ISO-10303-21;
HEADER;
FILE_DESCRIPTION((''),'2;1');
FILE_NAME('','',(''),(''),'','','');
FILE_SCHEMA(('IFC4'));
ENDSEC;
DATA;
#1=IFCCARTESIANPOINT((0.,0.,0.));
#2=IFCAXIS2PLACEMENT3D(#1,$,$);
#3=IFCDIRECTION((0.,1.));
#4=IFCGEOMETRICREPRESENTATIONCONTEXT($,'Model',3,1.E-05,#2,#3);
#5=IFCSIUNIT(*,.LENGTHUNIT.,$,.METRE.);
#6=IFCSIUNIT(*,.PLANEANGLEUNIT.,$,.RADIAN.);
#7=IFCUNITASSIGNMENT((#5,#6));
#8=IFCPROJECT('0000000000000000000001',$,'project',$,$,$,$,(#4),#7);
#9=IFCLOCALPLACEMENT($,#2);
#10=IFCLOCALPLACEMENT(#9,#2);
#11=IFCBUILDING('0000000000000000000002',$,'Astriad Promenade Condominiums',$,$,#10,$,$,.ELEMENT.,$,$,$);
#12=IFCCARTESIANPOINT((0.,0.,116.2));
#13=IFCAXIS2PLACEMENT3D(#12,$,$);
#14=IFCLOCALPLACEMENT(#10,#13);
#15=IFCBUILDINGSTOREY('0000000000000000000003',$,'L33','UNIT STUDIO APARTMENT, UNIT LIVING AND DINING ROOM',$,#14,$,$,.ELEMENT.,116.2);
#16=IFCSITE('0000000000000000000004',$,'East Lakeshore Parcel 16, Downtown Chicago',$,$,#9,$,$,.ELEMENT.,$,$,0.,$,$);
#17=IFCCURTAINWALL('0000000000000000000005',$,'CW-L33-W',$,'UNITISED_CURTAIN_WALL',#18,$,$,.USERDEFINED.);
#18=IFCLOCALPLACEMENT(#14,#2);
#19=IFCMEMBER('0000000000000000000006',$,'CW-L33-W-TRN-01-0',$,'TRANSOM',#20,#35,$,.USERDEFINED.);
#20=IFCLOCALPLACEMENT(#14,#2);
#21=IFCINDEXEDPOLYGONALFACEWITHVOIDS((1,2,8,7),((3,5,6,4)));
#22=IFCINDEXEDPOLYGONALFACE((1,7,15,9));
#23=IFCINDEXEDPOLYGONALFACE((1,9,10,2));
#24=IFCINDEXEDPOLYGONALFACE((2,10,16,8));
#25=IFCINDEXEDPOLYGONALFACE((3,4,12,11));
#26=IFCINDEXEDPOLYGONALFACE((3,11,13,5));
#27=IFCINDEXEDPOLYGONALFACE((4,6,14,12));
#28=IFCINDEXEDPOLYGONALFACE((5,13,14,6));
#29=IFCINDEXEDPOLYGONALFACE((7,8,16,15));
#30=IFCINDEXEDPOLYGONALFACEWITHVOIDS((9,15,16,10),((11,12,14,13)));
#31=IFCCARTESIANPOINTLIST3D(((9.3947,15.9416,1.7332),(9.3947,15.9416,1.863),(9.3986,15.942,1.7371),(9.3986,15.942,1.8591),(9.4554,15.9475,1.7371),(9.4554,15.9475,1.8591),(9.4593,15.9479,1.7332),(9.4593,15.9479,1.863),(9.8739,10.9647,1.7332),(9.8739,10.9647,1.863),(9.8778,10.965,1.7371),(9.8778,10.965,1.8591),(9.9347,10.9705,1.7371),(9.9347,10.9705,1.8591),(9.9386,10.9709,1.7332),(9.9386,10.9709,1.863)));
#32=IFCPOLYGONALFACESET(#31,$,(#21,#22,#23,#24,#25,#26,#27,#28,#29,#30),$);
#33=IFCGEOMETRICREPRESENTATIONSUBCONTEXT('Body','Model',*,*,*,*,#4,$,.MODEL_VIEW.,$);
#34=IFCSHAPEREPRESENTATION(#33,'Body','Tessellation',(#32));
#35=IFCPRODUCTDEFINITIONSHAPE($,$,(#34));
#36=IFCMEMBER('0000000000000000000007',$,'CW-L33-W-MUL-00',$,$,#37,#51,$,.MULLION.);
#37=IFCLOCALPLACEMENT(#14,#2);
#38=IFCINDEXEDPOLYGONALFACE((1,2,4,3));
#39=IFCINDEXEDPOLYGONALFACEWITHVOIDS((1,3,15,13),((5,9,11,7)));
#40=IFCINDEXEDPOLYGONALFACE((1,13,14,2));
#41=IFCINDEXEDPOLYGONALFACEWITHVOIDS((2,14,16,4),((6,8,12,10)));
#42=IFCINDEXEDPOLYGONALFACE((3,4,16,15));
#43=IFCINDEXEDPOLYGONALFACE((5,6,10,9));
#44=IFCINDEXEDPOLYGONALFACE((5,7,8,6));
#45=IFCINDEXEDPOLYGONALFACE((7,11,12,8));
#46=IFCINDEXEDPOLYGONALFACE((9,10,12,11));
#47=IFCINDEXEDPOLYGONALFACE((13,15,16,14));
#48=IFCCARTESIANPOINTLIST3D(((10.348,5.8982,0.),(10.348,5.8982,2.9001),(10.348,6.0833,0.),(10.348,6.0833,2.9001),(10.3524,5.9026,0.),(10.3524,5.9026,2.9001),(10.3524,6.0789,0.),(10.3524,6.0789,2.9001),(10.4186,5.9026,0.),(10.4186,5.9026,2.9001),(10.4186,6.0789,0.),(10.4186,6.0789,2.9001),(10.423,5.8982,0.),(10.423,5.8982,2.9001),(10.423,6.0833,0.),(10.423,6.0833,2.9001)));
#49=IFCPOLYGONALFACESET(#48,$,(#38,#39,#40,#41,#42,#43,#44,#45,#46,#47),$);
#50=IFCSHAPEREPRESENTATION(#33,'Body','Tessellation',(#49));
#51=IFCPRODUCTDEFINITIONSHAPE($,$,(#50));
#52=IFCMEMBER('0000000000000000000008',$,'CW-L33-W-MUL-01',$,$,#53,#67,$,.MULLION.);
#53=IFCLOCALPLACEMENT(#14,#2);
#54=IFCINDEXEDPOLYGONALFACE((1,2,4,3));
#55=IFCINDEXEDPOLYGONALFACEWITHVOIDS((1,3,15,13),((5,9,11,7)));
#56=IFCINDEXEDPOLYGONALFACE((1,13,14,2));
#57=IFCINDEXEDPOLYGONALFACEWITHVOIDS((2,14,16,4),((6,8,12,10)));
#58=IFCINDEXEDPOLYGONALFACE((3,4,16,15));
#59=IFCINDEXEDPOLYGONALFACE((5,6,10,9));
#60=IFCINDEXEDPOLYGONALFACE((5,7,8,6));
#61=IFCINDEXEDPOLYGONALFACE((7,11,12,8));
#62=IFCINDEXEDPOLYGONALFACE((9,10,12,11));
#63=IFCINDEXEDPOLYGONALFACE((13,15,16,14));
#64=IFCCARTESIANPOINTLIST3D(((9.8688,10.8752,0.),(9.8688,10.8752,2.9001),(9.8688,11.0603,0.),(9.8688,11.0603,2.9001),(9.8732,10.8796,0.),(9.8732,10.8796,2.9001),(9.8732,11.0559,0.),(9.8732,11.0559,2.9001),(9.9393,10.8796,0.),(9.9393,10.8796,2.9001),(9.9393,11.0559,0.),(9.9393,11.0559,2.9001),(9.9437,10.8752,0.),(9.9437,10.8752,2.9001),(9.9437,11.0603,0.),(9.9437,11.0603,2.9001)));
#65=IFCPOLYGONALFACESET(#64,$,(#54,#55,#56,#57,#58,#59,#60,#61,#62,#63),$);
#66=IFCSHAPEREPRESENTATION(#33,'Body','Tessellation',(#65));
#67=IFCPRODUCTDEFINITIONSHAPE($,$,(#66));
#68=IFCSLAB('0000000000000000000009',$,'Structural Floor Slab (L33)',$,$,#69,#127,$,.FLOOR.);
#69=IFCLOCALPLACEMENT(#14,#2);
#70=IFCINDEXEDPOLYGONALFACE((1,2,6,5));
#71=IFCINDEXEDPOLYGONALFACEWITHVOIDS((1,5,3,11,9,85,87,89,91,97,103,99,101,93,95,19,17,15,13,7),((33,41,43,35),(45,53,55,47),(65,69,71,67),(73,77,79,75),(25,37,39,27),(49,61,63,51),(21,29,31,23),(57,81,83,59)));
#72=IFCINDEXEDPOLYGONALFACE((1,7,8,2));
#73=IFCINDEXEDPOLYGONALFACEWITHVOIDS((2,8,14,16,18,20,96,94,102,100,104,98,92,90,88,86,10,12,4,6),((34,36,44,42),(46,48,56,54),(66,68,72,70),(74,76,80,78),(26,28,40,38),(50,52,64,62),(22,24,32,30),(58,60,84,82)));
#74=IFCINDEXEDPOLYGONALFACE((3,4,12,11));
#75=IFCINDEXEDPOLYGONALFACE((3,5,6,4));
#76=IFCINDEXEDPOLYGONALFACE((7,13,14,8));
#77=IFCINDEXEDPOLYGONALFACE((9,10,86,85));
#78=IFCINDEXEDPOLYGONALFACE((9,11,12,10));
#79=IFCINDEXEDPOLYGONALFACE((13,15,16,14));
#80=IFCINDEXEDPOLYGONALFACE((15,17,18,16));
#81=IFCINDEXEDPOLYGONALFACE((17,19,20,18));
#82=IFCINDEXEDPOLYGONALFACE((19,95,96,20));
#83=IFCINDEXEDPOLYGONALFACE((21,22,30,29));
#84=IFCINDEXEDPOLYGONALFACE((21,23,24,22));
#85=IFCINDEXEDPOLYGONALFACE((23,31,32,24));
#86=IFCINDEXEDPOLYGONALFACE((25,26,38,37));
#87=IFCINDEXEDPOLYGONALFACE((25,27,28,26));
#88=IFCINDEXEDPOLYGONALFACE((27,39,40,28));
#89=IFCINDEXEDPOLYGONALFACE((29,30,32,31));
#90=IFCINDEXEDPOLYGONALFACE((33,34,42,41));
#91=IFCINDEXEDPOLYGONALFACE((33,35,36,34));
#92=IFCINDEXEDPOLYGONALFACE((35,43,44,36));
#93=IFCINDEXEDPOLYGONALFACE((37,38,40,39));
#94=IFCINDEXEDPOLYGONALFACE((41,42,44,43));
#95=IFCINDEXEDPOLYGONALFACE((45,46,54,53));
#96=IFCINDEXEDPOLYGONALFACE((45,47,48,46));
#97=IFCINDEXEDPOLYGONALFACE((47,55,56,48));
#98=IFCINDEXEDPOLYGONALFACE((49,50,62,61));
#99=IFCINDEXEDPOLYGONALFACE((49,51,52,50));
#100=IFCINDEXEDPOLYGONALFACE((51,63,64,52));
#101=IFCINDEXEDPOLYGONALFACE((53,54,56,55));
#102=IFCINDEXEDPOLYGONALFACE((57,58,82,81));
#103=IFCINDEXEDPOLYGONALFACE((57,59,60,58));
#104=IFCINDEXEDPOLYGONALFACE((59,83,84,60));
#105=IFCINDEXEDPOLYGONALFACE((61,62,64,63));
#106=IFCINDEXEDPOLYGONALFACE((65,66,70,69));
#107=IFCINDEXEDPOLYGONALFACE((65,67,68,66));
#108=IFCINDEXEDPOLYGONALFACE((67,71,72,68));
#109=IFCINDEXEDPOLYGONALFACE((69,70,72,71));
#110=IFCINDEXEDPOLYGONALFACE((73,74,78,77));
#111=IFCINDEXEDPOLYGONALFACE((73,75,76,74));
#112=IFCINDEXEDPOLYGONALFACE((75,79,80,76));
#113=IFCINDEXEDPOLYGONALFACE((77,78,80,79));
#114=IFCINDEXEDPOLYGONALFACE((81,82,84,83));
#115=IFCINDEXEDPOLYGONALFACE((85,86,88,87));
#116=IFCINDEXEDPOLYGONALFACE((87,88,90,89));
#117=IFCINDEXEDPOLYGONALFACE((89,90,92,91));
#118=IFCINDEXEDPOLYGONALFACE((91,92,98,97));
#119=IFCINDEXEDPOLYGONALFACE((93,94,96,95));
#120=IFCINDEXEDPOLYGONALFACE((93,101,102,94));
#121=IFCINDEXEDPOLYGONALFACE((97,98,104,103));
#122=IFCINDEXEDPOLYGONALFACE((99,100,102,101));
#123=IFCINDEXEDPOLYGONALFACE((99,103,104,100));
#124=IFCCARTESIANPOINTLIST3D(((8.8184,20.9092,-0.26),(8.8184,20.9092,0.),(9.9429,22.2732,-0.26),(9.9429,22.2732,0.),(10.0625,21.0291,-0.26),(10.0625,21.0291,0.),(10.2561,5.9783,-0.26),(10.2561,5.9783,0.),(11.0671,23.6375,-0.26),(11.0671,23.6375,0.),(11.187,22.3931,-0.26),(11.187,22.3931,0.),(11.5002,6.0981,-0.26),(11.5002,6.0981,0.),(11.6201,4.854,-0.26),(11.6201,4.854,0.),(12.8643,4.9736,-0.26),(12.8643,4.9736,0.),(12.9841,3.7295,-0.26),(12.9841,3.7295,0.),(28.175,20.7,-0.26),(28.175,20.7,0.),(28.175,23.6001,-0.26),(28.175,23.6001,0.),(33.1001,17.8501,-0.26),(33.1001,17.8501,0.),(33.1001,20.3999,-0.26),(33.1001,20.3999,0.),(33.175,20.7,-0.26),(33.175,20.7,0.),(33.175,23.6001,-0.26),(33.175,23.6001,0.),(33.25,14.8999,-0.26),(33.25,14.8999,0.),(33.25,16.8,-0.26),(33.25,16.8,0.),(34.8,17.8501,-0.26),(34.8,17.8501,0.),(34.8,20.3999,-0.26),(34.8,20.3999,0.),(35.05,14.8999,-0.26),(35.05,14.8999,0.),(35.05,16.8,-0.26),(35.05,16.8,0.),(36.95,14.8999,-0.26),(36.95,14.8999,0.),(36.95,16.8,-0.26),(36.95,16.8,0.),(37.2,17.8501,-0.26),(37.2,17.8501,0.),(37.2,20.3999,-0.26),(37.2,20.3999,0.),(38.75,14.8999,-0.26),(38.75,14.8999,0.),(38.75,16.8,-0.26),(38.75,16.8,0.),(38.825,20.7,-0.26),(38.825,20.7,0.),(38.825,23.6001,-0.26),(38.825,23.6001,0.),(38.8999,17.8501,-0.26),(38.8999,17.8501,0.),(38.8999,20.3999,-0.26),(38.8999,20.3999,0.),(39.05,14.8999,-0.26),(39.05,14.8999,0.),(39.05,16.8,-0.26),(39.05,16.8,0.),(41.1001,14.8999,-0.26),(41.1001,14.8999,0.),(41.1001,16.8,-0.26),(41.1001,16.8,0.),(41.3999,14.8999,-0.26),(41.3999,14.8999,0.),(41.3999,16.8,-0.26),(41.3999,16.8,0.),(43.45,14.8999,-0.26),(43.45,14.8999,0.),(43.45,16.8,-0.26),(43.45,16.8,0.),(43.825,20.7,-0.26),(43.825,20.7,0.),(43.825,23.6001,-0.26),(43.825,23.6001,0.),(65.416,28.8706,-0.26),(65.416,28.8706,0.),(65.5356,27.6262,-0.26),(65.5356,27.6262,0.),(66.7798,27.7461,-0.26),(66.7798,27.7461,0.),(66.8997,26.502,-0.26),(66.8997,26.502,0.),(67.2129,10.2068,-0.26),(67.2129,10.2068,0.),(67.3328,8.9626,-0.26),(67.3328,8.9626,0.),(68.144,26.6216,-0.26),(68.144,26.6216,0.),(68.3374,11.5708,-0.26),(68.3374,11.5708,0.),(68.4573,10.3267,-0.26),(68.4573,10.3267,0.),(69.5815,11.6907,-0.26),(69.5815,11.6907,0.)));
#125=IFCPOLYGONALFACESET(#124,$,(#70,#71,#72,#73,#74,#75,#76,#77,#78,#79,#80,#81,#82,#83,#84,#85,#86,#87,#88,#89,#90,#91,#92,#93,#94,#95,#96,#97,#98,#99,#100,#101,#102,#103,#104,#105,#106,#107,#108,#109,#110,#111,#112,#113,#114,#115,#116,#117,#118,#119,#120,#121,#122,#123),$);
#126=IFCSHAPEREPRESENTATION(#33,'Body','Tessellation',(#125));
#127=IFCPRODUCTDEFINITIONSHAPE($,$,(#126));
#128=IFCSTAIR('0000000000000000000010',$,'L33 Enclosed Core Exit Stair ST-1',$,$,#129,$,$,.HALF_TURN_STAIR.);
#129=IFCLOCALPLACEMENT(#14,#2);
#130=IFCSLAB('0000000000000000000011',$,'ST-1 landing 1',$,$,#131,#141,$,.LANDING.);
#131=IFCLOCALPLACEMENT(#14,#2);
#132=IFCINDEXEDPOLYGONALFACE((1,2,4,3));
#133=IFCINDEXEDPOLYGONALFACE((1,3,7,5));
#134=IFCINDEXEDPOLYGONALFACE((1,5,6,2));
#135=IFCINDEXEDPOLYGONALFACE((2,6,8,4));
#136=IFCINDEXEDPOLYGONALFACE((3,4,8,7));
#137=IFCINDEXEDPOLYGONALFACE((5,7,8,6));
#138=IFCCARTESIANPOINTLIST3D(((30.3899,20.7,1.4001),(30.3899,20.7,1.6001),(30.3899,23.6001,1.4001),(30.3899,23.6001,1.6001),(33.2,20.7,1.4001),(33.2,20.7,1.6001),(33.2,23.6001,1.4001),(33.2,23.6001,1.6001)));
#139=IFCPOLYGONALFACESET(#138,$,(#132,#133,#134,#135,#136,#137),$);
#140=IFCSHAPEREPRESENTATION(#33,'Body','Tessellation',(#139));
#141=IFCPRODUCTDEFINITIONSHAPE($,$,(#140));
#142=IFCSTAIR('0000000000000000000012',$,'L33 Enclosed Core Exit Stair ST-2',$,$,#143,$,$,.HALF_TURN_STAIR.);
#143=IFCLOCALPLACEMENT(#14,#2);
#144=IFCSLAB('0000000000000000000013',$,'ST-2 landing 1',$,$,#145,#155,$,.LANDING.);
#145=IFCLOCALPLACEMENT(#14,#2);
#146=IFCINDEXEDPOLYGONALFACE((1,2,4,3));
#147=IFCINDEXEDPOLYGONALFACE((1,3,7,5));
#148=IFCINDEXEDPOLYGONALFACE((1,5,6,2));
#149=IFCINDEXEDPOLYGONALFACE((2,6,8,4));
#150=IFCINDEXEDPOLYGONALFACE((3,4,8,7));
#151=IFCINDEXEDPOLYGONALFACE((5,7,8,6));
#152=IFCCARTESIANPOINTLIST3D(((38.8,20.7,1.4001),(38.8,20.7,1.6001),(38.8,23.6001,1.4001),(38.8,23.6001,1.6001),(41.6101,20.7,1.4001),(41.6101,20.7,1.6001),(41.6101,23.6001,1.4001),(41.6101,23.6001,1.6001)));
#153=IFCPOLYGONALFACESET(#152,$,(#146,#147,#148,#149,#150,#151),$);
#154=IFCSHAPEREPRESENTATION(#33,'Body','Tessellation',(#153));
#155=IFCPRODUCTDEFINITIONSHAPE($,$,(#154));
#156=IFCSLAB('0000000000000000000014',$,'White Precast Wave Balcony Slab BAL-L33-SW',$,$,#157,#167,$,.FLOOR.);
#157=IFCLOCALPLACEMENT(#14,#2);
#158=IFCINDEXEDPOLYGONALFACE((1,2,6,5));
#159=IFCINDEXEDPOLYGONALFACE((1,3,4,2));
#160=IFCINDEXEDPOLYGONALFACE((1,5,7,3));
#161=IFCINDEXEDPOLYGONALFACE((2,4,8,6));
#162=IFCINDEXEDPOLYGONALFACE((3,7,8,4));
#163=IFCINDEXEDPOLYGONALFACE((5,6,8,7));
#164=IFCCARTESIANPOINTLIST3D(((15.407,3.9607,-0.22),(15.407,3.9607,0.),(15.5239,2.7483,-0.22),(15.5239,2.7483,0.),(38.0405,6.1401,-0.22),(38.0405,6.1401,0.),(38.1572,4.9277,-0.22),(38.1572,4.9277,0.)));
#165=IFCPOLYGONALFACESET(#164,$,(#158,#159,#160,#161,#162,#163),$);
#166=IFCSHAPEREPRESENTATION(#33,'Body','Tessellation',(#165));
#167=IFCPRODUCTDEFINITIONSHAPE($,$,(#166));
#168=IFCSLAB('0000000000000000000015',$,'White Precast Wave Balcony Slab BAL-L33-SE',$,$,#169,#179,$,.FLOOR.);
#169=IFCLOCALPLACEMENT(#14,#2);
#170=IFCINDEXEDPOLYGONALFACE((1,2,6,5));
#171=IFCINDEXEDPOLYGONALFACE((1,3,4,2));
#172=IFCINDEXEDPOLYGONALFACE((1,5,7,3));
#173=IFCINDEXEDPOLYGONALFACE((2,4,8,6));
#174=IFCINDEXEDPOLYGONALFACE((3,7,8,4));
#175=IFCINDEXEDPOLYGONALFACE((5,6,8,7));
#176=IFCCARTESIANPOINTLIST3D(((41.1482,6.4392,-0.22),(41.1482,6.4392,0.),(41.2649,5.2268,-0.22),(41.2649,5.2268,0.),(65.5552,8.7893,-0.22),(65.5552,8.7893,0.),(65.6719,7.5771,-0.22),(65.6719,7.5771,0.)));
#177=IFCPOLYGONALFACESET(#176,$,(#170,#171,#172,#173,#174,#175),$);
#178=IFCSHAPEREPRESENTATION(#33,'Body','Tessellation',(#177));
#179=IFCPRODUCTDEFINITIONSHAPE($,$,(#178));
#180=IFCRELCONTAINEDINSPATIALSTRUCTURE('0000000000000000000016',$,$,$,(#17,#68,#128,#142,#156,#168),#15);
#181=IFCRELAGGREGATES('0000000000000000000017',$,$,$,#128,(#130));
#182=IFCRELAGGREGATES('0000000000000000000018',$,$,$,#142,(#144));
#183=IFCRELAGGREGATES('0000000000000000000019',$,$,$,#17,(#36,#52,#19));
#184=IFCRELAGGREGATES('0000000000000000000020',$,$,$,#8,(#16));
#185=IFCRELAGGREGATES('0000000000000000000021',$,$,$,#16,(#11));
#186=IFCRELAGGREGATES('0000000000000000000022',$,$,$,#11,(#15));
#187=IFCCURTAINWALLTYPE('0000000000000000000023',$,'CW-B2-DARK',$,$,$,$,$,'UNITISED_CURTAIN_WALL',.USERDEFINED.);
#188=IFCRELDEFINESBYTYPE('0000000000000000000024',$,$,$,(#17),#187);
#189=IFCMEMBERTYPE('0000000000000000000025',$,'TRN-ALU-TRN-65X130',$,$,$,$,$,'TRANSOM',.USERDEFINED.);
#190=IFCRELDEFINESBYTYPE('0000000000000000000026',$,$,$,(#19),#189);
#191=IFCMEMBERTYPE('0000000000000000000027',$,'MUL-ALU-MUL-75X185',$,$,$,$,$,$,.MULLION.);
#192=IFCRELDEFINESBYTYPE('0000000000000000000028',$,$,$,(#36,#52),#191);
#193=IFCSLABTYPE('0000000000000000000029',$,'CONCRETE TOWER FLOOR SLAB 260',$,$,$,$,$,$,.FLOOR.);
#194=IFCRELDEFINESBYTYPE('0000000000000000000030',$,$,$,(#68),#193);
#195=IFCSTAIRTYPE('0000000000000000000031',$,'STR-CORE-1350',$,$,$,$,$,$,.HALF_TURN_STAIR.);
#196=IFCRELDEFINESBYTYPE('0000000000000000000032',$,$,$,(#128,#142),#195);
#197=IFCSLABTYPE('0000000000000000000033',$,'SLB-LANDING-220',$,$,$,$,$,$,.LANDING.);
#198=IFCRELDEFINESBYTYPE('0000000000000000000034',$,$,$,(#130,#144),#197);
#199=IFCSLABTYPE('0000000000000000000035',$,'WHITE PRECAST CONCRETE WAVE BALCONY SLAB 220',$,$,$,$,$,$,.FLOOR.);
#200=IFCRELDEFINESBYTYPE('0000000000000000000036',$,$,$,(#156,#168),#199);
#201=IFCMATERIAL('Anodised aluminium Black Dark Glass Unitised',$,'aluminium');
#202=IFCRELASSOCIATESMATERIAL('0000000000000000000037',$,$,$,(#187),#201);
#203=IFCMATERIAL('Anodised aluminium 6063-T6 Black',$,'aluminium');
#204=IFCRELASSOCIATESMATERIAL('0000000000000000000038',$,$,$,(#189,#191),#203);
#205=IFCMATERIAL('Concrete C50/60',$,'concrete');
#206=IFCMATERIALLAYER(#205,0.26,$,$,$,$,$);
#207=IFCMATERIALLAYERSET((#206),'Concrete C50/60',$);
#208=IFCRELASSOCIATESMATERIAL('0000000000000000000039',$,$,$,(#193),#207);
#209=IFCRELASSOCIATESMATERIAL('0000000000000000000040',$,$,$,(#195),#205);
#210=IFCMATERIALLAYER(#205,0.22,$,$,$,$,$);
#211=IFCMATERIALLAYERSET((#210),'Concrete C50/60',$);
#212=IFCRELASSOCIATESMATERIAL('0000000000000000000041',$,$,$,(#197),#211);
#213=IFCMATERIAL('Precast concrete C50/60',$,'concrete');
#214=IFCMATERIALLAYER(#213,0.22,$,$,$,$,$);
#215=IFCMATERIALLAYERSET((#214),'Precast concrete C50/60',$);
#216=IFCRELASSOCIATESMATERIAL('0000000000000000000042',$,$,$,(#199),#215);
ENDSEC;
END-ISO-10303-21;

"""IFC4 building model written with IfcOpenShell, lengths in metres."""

from ifc_helpers import new_model, si_unit, direction, frame, origin, origin_2d, place, context, subcontext, project, spatial, polyline, hollow_rectangle, outline, extrude, source, transform, mapped, material, layer, layer_set, material_profile, profile_set, type_object, type_shapes, element, aggregate, save


model = new_model("IFC4")

# Units and contexts
model_context = context("Model", 3, precision=1e-05, world=origin(), true_north=direction((0.0, 1.0)))
body_context = subcontext(model_context, "Body", "Model", "MODEL_VIEW")
ifc_project = project(units=[si_unit("LENGTHUNIT", "METRE"), si_unit("PLANEANGLEUNIT", "RADIAN")], contexts=[model_context])

# Site, building, storey
site_placement = place(None, origin())
site = spatial("IfcSite", under=ifc_project, at=site_placement, Name="East Lakeshore Parcel 16, Downtown Chicago", CompositionType="ELEMENT", RefElevation=0.0)
building_placement = place(site_placement, origin())
building = spatial("IfcBuilding", under=site, at=building_placement, Name="Astriad Promenade Condominiums", CompositionType="ELEMENT")
storey_placement = place(building_placement, frame((0.0, 0.0, 116.2)))
storey = spatial("IfcBuildingStorey", under=building, at=storey_placement, Name="L33", Description="UNIT STUDIO APARTMENT, UNIT LIVING AND DINING ROOM", CompositionType="ELEMENT", Elevation=116.2)

# Curtain wall, members
ifc_material_1 = material(Name="Anodised aluminium Black Dark Glass Unitised", Category="aluminium")
curtain_wall_type = type_object("IfcCurtainWallType", Name="CW-B2-DARK", ElementType="UNITISED_CURTAIN_WALL", PredefinedType="USERDEFINED", material=ifc_material_1)
curtain_wall_placement = place(storey_placement, origin())
curtain_wall = element("IfcCurtainWall", 1, at=curtain_wall_placement, inside=storey, type_object=curtain_wall_type, Name="CW-L33-W", ObjectType="UNITISED_CURTAIN_WALL", PredefinedType="USERDEFINED")
ifc_material_2 = material(Name="Anodised aluminium 6063-T6 Black", Category="aluminium")
ifc_material_profile_1 = material_profile(ifc_material_2, hollow_rectangle(XDim=0.0649, YDim=0.1299, WallThickness=0.0039, at=origin_2d()), Name="ALU-TRN-65X130")
ifc_profile_set_1 = profile_set([ifc_material_profile_1], Name="Anodised aluminium 6063-T6 Black")
member_type_1 = type_object("IfcMemberType", Name="TRN-ALU-TRN-65X130", ElementType="TRANSOM", PredefinedType="USERDEFINED", material=ifc_profile_set_1)
shared_shape_1 = source(origin(), body_context, "Body", "SweptSolid", [
    extrude(hollow_rectangle(XDim=0.0649, YDim=0.1299, WallThickness=0.0039, at=origin_2d()), origin(), (0.0, 0.0, 1.0), 5.0),
])
type_shapes(member_type_1, [shared_shape_1])
member_1_placement = place(storey_placement, frame((9.9062, 10.9678, 1.7981), z_axis=(-0.095848, 0.995396, 0.0), x_axis=(-0.995396, -0.095848, 0.0)))
member_1 = element("IfcMember", 2, at=member_1_placement, type_object=member_type_1, Name="CW-L33-W-TRN-01-0", ObjectType="TRANSOM", PredefinedType="USERDEFINED", context=body_context, shape_type="MappedRepresentation", body=[
    mapped(shared_shape_1, transform((0.0, 0.0, 0.0), scale=1.0)),
])
ifc_material_profile_2 = material_profile(ifc_material_2, hollow_rectangle(XDim=0.075, YDim=0.1851, WallThickness=0.0044, at=origin_2d()), Name="ALU-MUL-75X185")
ifc_profile_set_2 = profile_set([ifc_material_profile_2], Name="Anodised aluminium 6063-T6 Black")
member_type_2 = type_object("IfcMemberType", Name="MUL-ALU-MUL-75X185", PredefinedType="MULLION", material=ifc_profile_set_2)
shared_shape_2 = source(origin(), body_context, "Body", "SweptSolid", [
    extrude(hollow_rectangle(XDim=0.075, YDim=0.1851, WallThickness=0.0044, at=origin_2d()), origin(), (0.0, 0.0, 1.0), 2.9001),
])
type_shapes(member_type_2, [shared_shape_2])
member_2_placement = place(storey_placement, frame((10.3855, 5.9907, 0.0), z_axis=(0.0, 0.0, 1.0), x_axis=(1.0, 0.0, 0.0)))
member_2 = element("IfcMember", 3, at=member_2_placement, type_object=member_type_2, Name="CW-L33-W-MUL-00", PredefinedType="MULLION", context=body_context, shape_type="MappedRepresentation", body=[
    mapped(shared_shape_2, transform((0.0, 0.0, 0.0), scale=1.0)),
])
member_3_placement = place(storey_placement, frame((9.9062, 10.9678, 0.0), z_axis=(0.0, 0.0, 1.0), x_axis=(1.0, 0.0, 0.0)))
member_3 = element("IfcMember", 4, at=member_3_placement, type_object=member_type_2, Name="CW-L33-W-MUL-01", PredefinedType="MULLION", context=body_context, shape_type="MappedRepresentation", body=[
    mapped(shared_shape_2, transform((0.0, 0.0, 0.0), scale=1.0)),
])

# Slab
ifc_material_3 = material(Name="Concrete C50/60", Category="concrete")
ifc_layer_1 = layer(ifc_material_3, 0.26)
ifc_layer_set_1 = layer_set([ifc_layer_1], Name="Concrete C50/60")
slab_type_1 = type_object("IfcSlabType", Name="CONCRETE TOWER FLOOR SLAB 260", PredefinedType="FLOOR", material=ifc_layer_set_1)
slab_1_placement = place(storey_placement, frame((0.0, 0.0, -0.26)))
element("IfcSlab", 5, at=slab_1_placement, inside=storey, type_object=slab_type_1, Name="Structural Floor Slab (L33)", PredefinedType="FLOOR", context=body_context, shape_type="SweptSolid", body=[
    extrude(outline(polyline([(12.9841, 3.7295), (67.3328, 8.9626), (67.2129, 10.2068), (68.4573, 10.3267), (68.3374, 11.5708), (69.5815, 11.6907), (68.144, 26.6216), (66.8997, 26.502), (66.7798, 27.7461), (65.5356, 27.6262), (65.416, 28.8706), (11.0671, 23.6375), (11.187, 22.3931), (9.9429, 22.2732), (10.0625, 21.0291), (8.8184, 20.9092), (10.2561, 5.9783), (11.5002, 6.0981), (11.6201, 4.854), (12.8643, 4.9736), (12.9841, 3.7295)]), holes=[polyline([(28.175, 20.7), (33.175, 20.7), (33.175, 23.6001), (28.175, 23.6001), (28.175, 20.7)]), polyline([(38.825, 20.7), (43.825, 20.7), (43.825, 23.6001), (38.825, 23.6001), (38.825, 20.7)]), polyline([(33.1001, 17.8501), (34.8, 17.8501), (34.8, 20.3999), (33.1001, 20.3999), (33.1001, 17.8501)]), polyline([(37.2, 17.8501), (38.8999, 17.8501), (38.8999, 20.3999), (37.2, 20.3999), (37.2, 17.8501)]), polyline([(33.25, 14.8999), (35.05, 14.8999), (35.05, 16.8), (33.25, 16.8), (33.25, 14.8999)]), polyline([(36.95, 14.8999), (38.75, 14.8999), (38.75, 16.8), (36.95, 16.8), (36.95, 14.8999)]), polyline([(39.05, 14.8999), (41.1001, 14.8999), (41.1001, 16.8), (39.05, 16.8), (39.05, 14.8999)]), polyline([(41.3999, 14.8999), (43.45, 14.8999), (43.45, 16.8), (41.3999, 16.8), (41.3999, 14.8999)])]), origin(), (0.0, 0.0, 1.0), 0.26),
])

# Stairs, slabs
stair_type = type_object("IfcStairType", Name="STR-CORE-1350", PredefinedType="HALF_TURN_STAIR", material=ifc_material_3)
stair_1_placement = place(storey_placement, origin())
stair_1 = element("IfcStair", 6, at=stair_1_placement, inside=storey, type_object=stair_type, Name="L33 Enclosed Core Exit Stair ST-1", PredefinedType="HALF_TURN_STAIR")
ifc_layer_2 = layer(ifc_material_3, 0.22)
ifc_layer_set_2 = layer_set([ifc_layer_2], Name="Concrete C50/60")
slab_type_2 = type_object("IfcSlabType", Name="SLB-LANDING-220", PredefinedType="LANDING", material=ifc_layer_set_2)
slab_2_placement = place(storey_placement, frame((0.0, 0.0, 1.4001)))
slab_2 = element("IfcSlab", 7, at=slab_2_placement, type_object=slab_type_2, Name="ST-1 landing 1", PredefinedType="LANDING", context=body_context, shape_type="SweptSolid", body=[
    extrude(outline(polyline([(30.3899, 20.7), (33.2, 20.7), (33.2, 23.6001), (30.3899, 23.6001), (30.3899, 20.7)])), origin(), (0.0, 0.0, 1.0), 0.2),
])
aggregate(stair_1, [slab_2])
stair_2_placement = place(storey_placement, origin())
stair_2 = element("IfcStair", 8, at=stair_2_placement, inside=storey, type_object=stair_type, Name="L33 Enclosed Core Exit Stair ST-2", PredefinedType="HALF_TURN_STAIR")
slab_3_placement = place(storey_placement, frame((0.0, 0.0, 1.4001)))
slab_3 = element("IfcSlab", 9, at=slab_3_placement, type_object=slab_type_2, Name="ST-2 landing 1", PredefinedType="LANDING", context=body_context, shape_type="SweptSolid", body=[
    extrude(outline(polyline([(41.6101, 23.6001), (38.8, 23.6001), (38.8, 20.7), (41.6101, 20.7), (41.6101, 23.6001)])), origin(), (0.0, 0.0, 1.0), 0.2),
])
aggregate(stair_2, [slab_3])

# Slabs
ifc_material_4 = material(Name="Precast concrete C50/60", Category="concrete")
ifc_layer_3 = layer(ifc_material_4, 0.22)
ifc_layer_set_3 = layer_set([ifc_layer_3], Name="Precast concrete C50/60")
slab_type_3 = type_object("IfcSlabType", Name="WHITE PRECAST CONCRETE WAVE BALCONY SLAB 220", PredefinedType="FLOOR", material=ifc_layer_set_3)
slab_4_placement = place(storey_placement, frame((0.0, 0.0, -0.22)))
element("IfcSlab", 10, at=slab_4_placement, inside=storey, type_object=slab_type_3, Name="White Precast Wave Balcony Slab BAL-L33-SW", PredefinedType="FLOOR", context=body_context, shape_type="SweptSolid", body=[
    extrude(outline(polyline([(38.1572, 4.9277), (15.5239, 2.7483), (15.407, 3.9607), (38.0405, 6.1401), (38.1572, 4.9277)])), origin(), (0.0, 0.0, 1.0), 0.22),
])
slab_5_placement = place(storey_placement, frame((0.0, 0.0, -0.22)))
element("IfcSlab", 11, at=slab_5_placement, inside=storey, type_object=slab_type_3, Name="White Precast Wave Balcony Slab BAL-L33-SE", PredefinedType="FLOOR", context=body_context, shape_type="SweptSolid", body=[
    extrude(outline(polyline([(65.6719, 7.5771), (41.2649, 5.2268), (41.1482, 6.4392), (65.5552, 8.7893), (65.6719, 7.5771)])), origin(), (0.0, 0.0, 1.0), 0.22),
])

aggregate(curtain_wall, [member_2, member_3, member_1])

save(model, "model.ifc")
